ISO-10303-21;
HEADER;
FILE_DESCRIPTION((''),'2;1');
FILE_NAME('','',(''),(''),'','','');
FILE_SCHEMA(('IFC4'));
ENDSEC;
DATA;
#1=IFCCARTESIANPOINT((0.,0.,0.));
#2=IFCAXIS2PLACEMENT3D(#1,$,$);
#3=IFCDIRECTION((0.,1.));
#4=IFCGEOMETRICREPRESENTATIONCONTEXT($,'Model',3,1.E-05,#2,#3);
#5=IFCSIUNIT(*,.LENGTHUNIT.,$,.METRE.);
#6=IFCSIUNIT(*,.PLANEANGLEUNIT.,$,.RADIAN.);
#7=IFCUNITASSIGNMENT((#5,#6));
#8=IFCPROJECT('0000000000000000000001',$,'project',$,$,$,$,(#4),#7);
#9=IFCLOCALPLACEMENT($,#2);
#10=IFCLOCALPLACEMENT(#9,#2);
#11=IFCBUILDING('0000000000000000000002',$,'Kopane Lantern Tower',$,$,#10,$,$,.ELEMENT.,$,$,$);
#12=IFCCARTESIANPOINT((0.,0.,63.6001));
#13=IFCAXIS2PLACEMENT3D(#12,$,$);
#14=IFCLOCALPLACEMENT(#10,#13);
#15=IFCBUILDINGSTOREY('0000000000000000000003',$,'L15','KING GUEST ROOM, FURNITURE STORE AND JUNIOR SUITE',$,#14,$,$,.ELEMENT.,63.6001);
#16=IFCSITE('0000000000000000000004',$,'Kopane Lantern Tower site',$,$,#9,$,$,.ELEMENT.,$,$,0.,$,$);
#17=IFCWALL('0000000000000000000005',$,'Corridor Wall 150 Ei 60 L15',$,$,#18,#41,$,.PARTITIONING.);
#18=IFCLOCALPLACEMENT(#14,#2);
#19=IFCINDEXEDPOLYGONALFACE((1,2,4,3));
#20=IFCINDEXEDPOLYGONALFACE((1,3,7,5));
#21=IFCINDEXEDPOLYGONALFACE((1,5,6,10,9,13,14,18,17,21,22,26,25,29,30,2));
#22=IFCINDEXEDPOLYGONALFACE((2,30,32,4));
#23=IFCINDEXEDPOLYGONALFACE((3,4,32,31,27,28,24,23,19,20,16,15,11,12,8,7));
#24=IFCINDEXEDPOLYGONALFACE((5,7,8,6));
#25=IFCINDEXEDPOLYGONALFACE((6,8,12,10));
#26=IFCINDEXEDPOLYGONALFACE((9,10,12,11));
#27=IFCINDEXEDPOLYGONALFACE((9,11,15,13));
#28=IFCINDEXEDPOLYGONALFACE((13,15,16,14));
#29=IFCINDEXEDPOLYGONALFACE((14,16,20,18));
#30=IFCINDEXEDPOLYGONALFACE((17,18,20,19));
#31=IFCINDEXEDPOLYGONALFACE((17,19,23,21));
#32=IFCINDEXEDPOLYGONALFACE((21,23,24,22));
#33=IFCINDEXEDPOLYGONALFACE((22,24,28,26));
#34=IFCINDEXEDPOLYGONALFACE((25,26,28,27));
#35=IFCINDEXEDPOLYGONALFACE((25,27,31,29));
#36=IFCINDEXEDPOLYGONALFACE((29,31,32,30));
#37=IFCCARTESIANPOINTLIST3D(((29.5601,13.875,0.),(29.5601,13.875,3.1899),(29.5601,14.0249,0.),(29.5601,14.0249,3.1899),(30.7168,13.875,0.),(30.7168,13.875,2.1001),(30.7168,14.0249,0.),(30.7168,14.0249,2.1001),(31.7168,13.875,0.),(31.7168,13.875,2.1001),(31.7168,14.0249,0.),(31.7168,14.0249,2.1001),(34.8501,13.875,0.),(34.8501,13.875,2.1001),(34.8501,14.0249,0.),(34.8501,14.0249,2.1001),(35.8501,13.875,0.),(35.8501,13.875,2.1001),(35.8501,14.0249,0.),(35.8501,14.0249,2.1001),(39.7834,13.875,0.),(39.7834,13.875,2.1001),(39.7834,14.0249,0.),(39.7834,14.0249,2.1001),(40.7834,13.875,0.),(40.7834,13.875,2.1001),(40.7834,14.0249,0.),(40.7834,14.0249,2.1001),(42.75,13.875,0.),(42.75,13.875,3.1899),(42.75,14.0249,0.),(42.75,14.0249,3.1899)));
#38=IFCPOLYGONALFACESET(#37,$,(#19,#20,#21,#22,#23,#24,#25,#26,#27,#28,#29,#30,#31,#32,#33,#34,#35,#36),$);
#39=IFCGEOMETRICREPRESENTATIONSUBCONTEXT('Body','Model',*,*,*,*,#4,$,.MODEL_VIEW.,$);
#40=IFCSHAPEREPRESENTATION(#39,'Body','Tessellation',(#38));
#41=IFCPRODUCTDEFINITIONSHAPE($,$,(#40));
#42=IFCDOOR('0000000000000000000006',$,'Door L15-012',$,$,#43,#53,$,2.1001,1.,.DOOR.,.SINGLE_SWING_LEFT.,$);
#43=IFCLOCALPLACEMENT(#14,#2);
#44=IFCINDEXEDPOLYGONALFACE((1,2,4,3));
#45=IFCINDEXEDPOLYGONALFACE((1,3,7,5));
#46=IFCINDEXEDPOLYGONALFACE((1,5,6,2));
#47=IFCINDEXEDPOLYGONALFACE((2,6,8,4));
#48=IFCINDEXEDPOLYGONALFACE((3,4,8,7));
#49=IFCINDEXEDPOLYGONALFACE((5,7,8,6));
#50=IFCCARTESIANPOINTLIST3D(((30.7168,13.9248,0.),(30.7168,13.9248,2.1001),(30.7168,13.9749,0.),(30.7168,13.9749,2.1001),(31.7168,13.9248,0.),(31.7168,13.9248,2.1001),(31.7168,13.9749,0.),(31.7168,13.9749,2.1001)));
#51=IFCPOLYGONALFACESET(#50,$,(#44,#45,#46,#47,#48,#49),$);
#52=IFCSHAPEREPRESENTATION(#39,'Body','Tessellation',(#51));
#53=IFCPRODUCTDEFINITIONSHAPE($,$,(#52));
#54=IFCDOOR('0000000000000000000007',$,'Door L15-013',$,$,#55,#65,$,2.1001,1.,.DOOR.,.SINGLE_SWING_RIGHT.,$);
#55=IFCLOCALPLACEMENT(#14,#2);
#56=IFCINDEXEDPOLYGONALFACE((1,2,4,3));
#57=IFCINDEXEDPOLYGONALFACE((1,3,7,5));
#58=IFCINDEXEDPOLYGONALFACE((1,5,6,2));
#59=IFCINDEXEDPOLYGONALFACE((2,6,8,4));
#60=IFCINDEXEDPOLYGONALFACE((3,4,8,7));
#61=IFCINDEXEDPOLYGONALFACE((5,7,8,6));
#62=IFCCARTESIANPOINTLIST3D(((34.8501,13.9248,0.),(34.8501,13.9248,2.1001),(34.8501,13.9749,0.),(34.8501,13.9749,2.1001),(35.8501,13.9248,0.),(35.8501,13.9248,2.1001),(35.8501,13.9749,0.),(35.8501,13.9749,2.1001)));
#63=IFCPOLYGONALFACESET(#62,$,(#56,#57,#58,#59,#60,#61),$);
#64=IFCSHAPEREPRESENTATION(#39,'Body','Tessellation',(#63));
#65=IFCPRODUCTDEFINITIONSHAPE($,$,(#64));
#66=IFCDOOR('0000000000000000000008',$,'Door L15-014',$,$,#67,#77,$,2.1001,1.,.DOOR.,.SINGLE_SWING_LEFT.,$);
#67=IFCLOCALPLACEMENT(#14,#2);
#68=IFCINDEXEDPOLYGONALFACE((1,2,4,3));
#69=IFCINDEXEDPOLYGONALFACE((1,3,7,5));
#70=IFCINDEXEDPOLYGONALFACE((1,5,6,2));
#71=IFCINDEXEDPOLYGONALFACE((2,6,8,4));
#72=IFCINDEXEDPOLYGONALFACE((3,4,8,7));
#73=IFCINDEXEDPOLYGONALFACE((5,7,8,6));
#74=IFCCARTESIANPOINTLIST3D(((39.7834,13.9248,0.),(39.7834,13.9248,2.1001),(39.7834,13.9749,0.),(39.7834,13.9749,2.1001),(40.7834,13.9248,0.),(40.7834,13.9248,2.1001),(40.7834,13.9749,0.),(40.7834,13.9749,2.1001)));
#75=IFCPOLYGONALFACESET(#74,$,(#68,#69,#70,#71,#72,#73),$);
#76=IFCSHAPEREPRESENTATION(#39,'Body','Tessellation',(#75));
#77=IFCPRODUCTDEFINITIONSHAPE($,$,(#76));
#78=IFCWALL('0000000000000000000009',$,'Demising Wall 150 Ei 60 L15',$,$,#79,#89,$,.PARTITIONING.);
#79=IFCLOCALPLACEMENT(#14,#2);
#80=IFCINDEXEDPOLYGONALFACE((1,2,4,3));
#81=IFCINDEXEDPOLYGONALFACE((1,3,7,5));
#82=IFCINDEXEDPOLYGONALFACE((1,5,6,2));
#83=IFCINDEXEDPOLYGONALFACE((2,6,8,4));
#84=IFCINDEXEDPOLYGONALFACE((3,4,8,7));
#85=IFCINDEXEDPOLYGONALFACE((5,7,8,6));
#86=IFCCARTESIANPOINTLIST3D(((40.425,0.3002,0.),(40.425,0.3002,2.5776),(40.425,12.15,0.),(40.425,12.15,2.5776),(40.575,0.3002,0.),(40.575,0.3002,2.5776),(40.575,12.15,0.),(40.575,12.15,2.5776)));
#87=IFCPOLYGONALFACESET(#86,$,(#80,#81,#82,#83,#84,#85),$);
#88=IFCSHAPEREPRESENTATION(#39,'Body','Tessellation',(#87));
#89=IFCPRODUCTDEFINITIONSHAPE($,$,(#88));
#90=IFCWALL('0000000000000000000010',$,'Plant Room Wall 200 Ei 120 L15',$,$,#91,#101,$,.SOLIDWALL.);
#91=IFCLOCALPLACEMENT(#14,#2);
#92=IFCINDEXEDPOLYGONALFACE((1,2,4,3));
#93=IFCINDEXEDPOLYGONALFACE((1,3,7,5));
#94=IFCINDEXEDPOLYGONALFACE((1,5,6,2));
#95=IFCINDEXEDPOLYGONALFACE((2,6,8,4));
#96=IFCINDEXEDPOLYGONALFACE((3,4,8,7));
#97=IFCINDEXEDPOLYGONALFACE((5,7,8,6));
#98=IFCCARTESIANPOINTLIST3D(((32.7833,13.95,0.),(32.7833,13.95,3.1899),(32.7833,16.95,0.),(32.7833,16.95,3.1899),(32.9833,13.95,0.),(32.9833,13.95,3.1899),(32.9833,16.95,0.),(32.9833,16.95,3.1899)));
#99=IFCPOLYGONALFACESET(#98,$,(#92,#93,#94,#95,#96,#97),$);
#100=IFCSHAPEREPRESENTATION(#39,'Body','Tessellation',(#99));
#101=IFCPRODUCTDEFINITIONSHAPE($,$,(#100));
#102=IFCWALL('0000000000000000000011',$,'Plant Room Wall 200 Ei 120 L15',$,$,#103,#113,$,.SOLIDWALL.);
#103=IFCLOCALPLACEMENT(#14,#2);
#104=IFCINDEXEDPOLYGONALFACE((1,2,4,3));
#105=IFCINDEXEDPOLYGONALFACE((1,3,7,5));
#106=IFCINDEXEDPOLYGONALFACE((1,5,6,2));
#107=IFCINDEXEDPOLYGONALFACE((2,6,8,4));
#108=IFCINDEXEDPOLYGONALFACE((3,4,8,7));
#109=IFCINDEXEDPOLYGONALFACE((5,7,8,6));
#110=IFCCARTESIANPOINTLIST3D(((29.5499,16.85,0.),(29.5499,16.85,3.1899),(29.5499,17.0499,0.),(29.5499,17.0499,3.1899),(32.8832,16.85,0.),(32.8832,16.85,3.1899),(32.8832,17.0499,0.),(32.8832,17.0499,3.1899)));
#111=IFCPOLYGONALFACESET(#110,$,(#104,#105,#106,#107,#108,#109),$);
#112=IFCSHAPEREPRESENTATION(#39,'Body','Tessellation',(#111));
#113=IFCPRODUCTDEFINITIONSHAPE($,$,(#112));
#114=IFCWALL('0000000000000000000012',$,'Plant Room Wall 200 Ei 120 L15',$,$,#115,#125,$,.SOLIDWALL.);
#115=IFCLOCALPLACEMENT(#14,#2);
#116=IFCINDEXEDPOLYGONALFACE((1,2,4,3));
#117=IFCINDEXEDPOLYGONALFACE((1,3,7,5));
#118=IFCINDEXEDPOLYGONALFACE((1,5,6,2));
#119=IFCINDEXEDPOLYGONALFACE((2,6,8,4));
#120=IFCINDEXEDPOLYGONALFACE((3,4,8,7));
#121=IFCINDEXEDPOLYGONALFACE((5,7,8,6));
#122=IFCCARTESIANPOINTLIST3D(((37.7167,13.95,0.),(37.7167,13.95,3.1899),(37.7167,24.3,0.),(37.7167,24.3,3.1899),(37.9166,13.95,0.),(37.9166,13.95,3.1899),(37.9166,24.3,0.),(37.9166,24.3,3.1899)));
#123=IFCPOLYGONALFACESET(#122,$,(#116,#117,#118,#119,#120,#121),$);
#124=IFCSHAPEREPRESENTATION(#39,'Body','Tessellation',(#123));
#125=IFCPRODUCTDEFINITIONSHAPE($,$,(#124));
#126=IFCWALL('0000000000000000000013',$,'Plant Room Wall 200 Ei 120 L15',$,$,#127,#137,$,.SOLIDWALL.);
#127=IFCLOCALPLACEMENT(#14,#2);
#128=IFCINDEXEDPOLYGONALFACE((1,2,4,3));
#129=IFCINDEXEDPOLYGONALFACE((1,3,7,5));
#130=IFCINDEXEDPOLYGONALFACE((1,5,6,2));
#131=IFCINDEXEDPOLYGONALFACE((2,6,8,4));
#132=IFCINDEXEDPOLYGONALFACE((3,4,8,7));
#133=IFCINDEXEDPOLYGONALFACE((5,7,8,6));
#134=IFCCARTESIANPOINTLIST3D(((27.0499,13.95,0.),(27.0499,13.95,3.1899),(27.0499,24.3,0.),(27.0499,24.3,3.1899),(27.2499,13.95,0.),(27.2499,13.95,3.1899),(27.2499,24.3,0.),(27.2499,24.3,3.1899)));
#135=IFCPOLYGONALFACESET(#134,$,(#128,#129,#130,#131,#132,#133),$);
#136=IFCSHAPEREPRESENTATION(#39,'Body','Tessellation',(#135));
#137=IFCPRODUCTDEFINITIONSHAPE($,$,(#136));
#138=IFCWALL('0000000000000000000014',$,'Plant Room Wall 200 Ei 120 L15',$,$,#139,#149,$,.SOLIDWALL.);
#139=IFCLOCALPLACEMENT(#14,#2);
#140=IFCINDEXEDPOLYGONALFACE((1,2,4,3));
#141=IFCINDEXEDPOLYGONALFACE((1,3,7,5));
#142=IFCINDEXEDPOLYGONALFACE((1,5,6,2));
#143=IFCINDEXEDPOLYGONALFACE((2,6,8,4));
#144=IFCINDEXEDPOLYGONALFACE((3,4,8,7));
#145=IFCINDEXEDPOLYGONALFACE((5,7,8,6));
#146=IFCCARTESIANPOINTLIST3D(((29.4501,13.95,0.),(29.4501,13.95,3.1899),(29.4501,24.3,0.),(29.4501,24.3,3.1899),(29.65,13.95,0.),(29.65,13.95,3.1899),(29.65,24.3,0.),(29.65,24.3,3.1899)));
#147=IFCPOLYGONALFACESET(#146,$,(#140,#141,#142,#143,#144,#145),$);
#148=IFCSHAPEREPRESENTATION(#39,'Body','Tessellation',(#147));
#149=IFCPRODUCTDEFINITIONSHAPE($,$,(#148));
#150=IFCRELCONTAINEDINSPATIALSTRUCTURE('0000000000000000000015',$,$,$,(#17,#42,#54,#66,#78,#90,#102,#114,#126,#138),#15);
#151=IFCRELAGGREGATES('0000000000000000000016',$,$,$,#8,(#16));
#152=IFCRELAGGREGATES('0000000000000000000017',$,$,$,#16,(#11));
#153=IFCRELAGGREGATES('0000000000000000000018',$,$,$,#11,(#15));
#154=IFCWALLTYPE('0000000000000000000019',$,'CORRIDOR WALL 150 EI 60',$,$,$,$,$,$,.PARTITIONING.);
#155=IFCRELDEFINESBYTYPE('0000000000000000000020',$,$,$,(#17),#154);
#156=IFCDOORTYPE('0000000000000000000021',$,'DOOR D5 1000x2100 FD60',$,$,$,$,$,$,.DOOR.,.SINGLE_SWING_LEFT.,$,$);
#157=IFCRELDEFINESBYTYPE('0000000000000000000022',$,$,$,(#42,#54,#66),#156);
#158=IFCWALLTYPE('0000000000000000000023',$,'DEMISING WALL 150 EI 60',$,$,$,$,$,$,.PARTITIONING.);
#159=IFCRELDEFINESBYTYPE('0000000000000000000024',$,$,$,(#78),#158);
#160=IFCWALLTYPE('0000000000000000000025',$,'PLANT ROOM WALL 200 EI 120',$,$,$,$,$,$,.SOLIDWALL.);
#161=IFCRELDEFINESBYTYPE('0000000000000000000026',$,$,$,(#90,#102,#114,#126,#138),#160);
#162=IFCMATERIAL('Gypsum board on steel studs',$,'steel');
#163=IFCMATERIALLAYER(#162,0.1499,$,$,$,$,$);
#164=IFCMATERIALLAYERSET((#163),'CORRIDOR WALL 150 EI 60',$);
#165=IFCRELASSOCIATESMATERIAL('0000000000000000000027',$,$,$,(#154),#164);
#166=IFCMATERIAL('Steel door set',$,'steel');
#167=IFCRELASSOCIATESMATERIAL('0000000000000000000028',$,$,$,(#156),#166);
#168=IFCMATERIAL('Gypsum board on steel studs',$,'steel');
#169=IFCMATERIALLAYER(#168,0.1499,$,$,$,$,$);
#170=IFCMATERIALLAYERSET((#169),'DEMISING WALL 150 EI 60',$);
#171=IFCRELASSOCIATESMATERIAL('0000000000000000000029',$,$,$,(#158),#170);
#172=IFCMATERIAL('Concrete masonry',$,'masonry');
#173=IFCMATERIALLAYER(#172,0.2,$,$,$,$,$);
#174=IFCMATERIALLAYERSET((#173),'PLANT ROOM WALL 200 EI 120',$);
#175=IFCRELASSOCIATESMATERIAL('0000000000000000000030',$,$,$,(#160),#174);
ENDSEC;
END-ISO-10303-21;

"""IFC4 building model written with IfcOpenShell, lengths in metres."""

from ifc_helpers import new_model, si_unit, direction, frame, frame_2d, origin, place, context, subcontext, project, spatial, rectangle, extrude, material, layer, layer_set, type_object, element, fill, save


model = new_model("IFC4")

# Units and contexts
model_context = context("Model", 3, precision=1e-05, world=origin(), true_north=direction((0.0, 1.0)))
body_context = subcontext(model_context, "Body", "Model", "MODEL_VIEW")
ifc_project = project(units=[si_unit("LENGTHUNIT", "METRE"), si_unit("PLANEANGLEUNIT", "RADIAN")], contexts=[model_context])

# Site, building, storey
site_placement = place(None, origin())
site = spatial("IfcSite", under=ifc_project, at=site_placement, Name="Kopane Lantern Tower site", CompositionType="ELEMENT", RefElevation=0.0)
building_placement = place(site_placement, origin())
building = spatial("IfcBuilding", under=site, at=building_placement, Name="Kopane Lantern Tower", CompositionType="ELEMENT")
storey_placement = place(building_placement, frame((0.0, 0.0, 63.6001)))
storey = spatial("IfcBuildingStorey", under=building, at=storey_placement, Name="L15", Description="KING GUEST ROOM, FURNITURE STORE AND JUNIOR SUITE", CompositionType="ELEMENT", Elevation=63.6001)

# Wall, openings, doors
ifc_material_1 = material(Name="Gypsum board on steel studs", Category="steel")
ifc_layer_1 = layer(ifc_material_1, 0.1499)
ifc_layer_set_1 = layer_set([ifc_layer_1], Name="CORRIDOR WALL 150 EI 60")
wall_type_1 = type_object("IfcWallType", Name="CORRIDOR WALL 150 EI 60", PredefinedType="PARTITIONING", material=ifc_layer_set_1)
wall_1_placement = place(storey_placement, frame((29.5601, 13.95, 0.0), z_axis=(0.0, 0.0, 1.0), x_axis=(1.0, 0.0, 0.0)))
wall_1 = element("IfcWall", 1, at=wall_1_placement, inside=storey, type_object=wall_type_1, Name="Corridor Wall 150 Ei 60 L15", PredefinedType="PARTITIONING", context=body_context, shape_type="SweptSolid", body=[
    extrude(rectangle(XDim=13.1899, YDim=0.1499, at=frame_2d((6.595, 0.0))), origin(), (0.0, 0.0, 1.0), 3.1899),
])
opening_1_placement = place(wall_1_placement, frame((1.1567, 0.0, 0.0)))
opening_1 = element("IfcOpeningElement", 2, at=opening_1_placement, cuts=wall_1, PredefinedType="OPENING", context=body_context, shape_type="SweptSolid", body=[
    extrude(rectangle(XDim=1.0, YDim=2.1001, at=frame_2d((0.5, 1.05))), frame((0.0, 0.085, 0.0), z_axis=(0.0, -1.0, 0.0), x_axis=(1.0, 0.0, 0.0)), (0.0, 0.0, 1.0), 0.1699),
])
opening_2_placement = place(wall_1_placement, frame((5.29, 0.0, 0.0)))
opening_2 = element("IfcOpeningElement", 3, at=opening_2_placement, cuts=wall_1, PredefinedType="OPENING", context=body_context, shape_type="SweptSolid", body=[
    extrude(rectangle(XDim=1.0, YDim=2.1001, at=frame_2d((0.5, 1.05))), frame((0.0, 0.085, 0.0), z_axis=(0.0, -1.0, 0.0), x_axis=(1.0, 0.0, 0.0)), (0.0, 0.0, 1.0), 0.1699),
])
opening_3_placement = place(wall_1_placement, frame((10.2234, 0.0, 0.0)))
opening_3 = element("IfcOpeningElement", 4, at=opening_3_placement, cuts=wall_1, PredefinedType="OPENING", context=body_context, shape_type="SweptSolid", body=[
    extrude(rectangle(XDim=1.0, YDim=2.1001, at=frame_2d((0.5, 1.05))), frame((0.0, 0.085, 0.0), z_axis=(0.0, -1.0, 0.0), x_axis=(1.0, 0.0, 0.0)), (0.0, 0.0, 1.0), 0.1699),
])
ifc_material_2 = material(Name="Steel door set", Category="steel")
door_type_1 = type_object("IfcDoorType", Name="DOOR D5 1000x2100 FD60", OperationType="SINGLE_SWING_LEFT", PredefinedType="DOOR", material=ifc_material_2)
door_1_placement = place(opening_1_placement, origin())
door_1 = element("IfcDoor", 5, at=door_1_placement, inside=storey, type_object=door_type_1, Name="Door L15-012", OperationType="SINGLE_SWING_LEFT", OverallHeight=2.1001, OverallWidth=1.0, PredefinedType="DOOR", context=body_context, shape_type="SweptSolid", body=[
    extrude(rectangle(XDim=1.0, YDim=2.1001, at=frame_2d((0.5, 1.05))), frame((0.0, 0.0249, 0.0), z_axis=(0.0, -1.0, 0.0), x_axis=(1.0, 0.0, 0.0)), (0.0, 0.0, 1.0), 0.05),
])
fill(opening_1, door_1)
door_2_placement = place(opening_2_placement, origin())
door_2 = element("IfcDoor", 6, at=door_2_placement, inside=storey, type_object=door_type_1, Name="Door L15-013", OperationType="SINGLE_SWING_RIGHT", OverallHeight=2.1001, OverallWidth=1.0, PredefinedType="DOOR", context=body_context, shape_type="SweptSolid", body=[
    extrude(rectangle(XDim=1.0, YDim=2.1001, at=frame_2d((0.5, 1.05))), frame((0.0, 0.0249, 0.0), z_axis=(0.0, -1.0, 0.0), x_axis=(1.0, 0.0, 0.0)), (0.0, 0.0, 1.0), 0.05),
])
fill(opening_2, door_2)
door_3_placement = place(opening_3_placement, origin())
door_3 = element("IfcDoor", 7, at=door_3_placement, inside=storey, type_object=door_type_1, Name="Door L15-014", OperationType="SINGLE_SWING_LEFT", OverallHeight=2.1001, OverallWidth=1.0, PredefinedType="DOOR", context=body_context, shape_type="SweptSolid", body=[
    extrude(rectangle(XDim=1.0, YDim=2.1001, at=frame_2d((0.5, 1.05))), frame((0.0, 0.0249, 0.0), z_axis=(0.0, -1.0, 0.0), x_axis=(1.0, 0.0, 0.0)), (0.0, 0.0, 1.0), 0.05),
])
fill(opening_3, door_3)

# Walls
ifc_material_3 = material(Name="Gypsum board on steel studs", Category="steel")
ifc_layer_2 = layer(ifc_material_3, 0.1499)
ifc_layer_set_2 = layer_set([ifc_layer_2], Name="DEMISING WALL 150 EI 60")
wall_type_2 = type_object("IfcWallType", Name="DEMISING WALL 150 EI 60", PredefinedType="PARTITIONING", material=ifc_layer_set_2)
wall_2_placement = place(storey_placement, frame((40.5, 12.1499, 0.0), z_axis=(0.0, 0.0, 1.0), x_axis=(0.0, -1.0, 0.0)))
element("IfcWall", 8, at=wall_2_placement, inside=storey, type_object=wall_type_2, Name="Demising Wall 150 Ei 60 L15", PredefinedType="PARTITIONING", context=body_context, shape_type="SweptSolid", body=[
    extrude(rectangle(XDim=11.8499, YDim=0.1499, at=frame_2d((5.9248, 0.0))), origin(), (0.0, 0.0, 1.0), 2.5776),
])
ifc_material_4 = material(Name="Concrete masonry", Category="masonry")
ifc_layer_3 = layer(ifc_material_4, 0.2)
ifc_layer_set_3 = layer_set([ifc_layer_3], Name="PLANT ROOM WALL 200 EI 120")
wall_type_3 = type_object("IfcWallType", Name="PLANT ROOM WALL 200 EI 120", PredefinedType="SOLIDWALL", material=ifc_layer_set_3)
wall_3_placement = place(storey_placement, frame((32.8833, 13.95, 0.0), z_axis=(0.0, 0.0, 1.0), x_axis=(0.0, 1.0, 0.0)))
element("IfcWall", 9, at=wall_3_placement, inside=storey, type_object=wall_type_3, Name="Plant Room Wall 200 Ei 120 L15", PredefinedType="SOLIDWALL", context=body_context, shape_type="SweptSolid", body=[
    extrude(rectangle(XDim=3.0, YDim=0.2, at=frame_2d((1.5, 0.0))), origin(), (0.0, 0.0, 1.0), 3.1899),
])
wall_4_placement = place(storey_placement, frame((29.55, 16.95, 0.0), z_axis=(0.0, 0.0, 1.0), x_axis=(1.0, 0.0, 0.0)))
element("IfcWall", 10, at=wall_4_placement, inside=storey, type_object=wall_type_3, Name="Plant Room Wall 200 Ei 120 L15", PredefinedType="SOLIDWALL", context=body_context, shape_type="SweptSolid", body=[
    extrude(rectangle(XDim=3.3333, YDim=0.2, at=frame_2d((1.6665, 0.0))), origin(), (0.0, 0.0, 1.0), 3.1899),
])
for number, where, z_axis, x_axis, name in (
    (11, (37.8167, 13.95, 0.0), (0.0, 0.0, 1.0), (0.0, 1.0, 0.0), "Plant Room Wall 200 Ei 120 L15"),
    (12, (27.1499, 13.95, 0.0), (0.0, 0.0, 1.0), (0.0, 1.0, 0.0), "Plant Room Wall 200 Ei 120 L15"),
    (13, (29.55, 13.95, 0.0), (0.0, 0.0, 1.0), (0.0, 1.0, 0.0), "Plant Room Wall 200 Ei 120 L15"),
):
    element("IfcWall", number, at=place(storey_placement, frame(where, z_axis=z_axis, x_axis=x_axis)), inside=storey, type_object=wall_type_3, Name=name, PredefinedType="SOLIDWALL", context=body_context, shape_type="SweptSolid", body=[
        extrude(rectangle(XDim=10.3501, YDim=0.2, at=frame_2d((5.175, 0.0))), origin(), (0.0, 0.0, 1.0), 3.1899),
    ])

save(model, "model.ifc")
